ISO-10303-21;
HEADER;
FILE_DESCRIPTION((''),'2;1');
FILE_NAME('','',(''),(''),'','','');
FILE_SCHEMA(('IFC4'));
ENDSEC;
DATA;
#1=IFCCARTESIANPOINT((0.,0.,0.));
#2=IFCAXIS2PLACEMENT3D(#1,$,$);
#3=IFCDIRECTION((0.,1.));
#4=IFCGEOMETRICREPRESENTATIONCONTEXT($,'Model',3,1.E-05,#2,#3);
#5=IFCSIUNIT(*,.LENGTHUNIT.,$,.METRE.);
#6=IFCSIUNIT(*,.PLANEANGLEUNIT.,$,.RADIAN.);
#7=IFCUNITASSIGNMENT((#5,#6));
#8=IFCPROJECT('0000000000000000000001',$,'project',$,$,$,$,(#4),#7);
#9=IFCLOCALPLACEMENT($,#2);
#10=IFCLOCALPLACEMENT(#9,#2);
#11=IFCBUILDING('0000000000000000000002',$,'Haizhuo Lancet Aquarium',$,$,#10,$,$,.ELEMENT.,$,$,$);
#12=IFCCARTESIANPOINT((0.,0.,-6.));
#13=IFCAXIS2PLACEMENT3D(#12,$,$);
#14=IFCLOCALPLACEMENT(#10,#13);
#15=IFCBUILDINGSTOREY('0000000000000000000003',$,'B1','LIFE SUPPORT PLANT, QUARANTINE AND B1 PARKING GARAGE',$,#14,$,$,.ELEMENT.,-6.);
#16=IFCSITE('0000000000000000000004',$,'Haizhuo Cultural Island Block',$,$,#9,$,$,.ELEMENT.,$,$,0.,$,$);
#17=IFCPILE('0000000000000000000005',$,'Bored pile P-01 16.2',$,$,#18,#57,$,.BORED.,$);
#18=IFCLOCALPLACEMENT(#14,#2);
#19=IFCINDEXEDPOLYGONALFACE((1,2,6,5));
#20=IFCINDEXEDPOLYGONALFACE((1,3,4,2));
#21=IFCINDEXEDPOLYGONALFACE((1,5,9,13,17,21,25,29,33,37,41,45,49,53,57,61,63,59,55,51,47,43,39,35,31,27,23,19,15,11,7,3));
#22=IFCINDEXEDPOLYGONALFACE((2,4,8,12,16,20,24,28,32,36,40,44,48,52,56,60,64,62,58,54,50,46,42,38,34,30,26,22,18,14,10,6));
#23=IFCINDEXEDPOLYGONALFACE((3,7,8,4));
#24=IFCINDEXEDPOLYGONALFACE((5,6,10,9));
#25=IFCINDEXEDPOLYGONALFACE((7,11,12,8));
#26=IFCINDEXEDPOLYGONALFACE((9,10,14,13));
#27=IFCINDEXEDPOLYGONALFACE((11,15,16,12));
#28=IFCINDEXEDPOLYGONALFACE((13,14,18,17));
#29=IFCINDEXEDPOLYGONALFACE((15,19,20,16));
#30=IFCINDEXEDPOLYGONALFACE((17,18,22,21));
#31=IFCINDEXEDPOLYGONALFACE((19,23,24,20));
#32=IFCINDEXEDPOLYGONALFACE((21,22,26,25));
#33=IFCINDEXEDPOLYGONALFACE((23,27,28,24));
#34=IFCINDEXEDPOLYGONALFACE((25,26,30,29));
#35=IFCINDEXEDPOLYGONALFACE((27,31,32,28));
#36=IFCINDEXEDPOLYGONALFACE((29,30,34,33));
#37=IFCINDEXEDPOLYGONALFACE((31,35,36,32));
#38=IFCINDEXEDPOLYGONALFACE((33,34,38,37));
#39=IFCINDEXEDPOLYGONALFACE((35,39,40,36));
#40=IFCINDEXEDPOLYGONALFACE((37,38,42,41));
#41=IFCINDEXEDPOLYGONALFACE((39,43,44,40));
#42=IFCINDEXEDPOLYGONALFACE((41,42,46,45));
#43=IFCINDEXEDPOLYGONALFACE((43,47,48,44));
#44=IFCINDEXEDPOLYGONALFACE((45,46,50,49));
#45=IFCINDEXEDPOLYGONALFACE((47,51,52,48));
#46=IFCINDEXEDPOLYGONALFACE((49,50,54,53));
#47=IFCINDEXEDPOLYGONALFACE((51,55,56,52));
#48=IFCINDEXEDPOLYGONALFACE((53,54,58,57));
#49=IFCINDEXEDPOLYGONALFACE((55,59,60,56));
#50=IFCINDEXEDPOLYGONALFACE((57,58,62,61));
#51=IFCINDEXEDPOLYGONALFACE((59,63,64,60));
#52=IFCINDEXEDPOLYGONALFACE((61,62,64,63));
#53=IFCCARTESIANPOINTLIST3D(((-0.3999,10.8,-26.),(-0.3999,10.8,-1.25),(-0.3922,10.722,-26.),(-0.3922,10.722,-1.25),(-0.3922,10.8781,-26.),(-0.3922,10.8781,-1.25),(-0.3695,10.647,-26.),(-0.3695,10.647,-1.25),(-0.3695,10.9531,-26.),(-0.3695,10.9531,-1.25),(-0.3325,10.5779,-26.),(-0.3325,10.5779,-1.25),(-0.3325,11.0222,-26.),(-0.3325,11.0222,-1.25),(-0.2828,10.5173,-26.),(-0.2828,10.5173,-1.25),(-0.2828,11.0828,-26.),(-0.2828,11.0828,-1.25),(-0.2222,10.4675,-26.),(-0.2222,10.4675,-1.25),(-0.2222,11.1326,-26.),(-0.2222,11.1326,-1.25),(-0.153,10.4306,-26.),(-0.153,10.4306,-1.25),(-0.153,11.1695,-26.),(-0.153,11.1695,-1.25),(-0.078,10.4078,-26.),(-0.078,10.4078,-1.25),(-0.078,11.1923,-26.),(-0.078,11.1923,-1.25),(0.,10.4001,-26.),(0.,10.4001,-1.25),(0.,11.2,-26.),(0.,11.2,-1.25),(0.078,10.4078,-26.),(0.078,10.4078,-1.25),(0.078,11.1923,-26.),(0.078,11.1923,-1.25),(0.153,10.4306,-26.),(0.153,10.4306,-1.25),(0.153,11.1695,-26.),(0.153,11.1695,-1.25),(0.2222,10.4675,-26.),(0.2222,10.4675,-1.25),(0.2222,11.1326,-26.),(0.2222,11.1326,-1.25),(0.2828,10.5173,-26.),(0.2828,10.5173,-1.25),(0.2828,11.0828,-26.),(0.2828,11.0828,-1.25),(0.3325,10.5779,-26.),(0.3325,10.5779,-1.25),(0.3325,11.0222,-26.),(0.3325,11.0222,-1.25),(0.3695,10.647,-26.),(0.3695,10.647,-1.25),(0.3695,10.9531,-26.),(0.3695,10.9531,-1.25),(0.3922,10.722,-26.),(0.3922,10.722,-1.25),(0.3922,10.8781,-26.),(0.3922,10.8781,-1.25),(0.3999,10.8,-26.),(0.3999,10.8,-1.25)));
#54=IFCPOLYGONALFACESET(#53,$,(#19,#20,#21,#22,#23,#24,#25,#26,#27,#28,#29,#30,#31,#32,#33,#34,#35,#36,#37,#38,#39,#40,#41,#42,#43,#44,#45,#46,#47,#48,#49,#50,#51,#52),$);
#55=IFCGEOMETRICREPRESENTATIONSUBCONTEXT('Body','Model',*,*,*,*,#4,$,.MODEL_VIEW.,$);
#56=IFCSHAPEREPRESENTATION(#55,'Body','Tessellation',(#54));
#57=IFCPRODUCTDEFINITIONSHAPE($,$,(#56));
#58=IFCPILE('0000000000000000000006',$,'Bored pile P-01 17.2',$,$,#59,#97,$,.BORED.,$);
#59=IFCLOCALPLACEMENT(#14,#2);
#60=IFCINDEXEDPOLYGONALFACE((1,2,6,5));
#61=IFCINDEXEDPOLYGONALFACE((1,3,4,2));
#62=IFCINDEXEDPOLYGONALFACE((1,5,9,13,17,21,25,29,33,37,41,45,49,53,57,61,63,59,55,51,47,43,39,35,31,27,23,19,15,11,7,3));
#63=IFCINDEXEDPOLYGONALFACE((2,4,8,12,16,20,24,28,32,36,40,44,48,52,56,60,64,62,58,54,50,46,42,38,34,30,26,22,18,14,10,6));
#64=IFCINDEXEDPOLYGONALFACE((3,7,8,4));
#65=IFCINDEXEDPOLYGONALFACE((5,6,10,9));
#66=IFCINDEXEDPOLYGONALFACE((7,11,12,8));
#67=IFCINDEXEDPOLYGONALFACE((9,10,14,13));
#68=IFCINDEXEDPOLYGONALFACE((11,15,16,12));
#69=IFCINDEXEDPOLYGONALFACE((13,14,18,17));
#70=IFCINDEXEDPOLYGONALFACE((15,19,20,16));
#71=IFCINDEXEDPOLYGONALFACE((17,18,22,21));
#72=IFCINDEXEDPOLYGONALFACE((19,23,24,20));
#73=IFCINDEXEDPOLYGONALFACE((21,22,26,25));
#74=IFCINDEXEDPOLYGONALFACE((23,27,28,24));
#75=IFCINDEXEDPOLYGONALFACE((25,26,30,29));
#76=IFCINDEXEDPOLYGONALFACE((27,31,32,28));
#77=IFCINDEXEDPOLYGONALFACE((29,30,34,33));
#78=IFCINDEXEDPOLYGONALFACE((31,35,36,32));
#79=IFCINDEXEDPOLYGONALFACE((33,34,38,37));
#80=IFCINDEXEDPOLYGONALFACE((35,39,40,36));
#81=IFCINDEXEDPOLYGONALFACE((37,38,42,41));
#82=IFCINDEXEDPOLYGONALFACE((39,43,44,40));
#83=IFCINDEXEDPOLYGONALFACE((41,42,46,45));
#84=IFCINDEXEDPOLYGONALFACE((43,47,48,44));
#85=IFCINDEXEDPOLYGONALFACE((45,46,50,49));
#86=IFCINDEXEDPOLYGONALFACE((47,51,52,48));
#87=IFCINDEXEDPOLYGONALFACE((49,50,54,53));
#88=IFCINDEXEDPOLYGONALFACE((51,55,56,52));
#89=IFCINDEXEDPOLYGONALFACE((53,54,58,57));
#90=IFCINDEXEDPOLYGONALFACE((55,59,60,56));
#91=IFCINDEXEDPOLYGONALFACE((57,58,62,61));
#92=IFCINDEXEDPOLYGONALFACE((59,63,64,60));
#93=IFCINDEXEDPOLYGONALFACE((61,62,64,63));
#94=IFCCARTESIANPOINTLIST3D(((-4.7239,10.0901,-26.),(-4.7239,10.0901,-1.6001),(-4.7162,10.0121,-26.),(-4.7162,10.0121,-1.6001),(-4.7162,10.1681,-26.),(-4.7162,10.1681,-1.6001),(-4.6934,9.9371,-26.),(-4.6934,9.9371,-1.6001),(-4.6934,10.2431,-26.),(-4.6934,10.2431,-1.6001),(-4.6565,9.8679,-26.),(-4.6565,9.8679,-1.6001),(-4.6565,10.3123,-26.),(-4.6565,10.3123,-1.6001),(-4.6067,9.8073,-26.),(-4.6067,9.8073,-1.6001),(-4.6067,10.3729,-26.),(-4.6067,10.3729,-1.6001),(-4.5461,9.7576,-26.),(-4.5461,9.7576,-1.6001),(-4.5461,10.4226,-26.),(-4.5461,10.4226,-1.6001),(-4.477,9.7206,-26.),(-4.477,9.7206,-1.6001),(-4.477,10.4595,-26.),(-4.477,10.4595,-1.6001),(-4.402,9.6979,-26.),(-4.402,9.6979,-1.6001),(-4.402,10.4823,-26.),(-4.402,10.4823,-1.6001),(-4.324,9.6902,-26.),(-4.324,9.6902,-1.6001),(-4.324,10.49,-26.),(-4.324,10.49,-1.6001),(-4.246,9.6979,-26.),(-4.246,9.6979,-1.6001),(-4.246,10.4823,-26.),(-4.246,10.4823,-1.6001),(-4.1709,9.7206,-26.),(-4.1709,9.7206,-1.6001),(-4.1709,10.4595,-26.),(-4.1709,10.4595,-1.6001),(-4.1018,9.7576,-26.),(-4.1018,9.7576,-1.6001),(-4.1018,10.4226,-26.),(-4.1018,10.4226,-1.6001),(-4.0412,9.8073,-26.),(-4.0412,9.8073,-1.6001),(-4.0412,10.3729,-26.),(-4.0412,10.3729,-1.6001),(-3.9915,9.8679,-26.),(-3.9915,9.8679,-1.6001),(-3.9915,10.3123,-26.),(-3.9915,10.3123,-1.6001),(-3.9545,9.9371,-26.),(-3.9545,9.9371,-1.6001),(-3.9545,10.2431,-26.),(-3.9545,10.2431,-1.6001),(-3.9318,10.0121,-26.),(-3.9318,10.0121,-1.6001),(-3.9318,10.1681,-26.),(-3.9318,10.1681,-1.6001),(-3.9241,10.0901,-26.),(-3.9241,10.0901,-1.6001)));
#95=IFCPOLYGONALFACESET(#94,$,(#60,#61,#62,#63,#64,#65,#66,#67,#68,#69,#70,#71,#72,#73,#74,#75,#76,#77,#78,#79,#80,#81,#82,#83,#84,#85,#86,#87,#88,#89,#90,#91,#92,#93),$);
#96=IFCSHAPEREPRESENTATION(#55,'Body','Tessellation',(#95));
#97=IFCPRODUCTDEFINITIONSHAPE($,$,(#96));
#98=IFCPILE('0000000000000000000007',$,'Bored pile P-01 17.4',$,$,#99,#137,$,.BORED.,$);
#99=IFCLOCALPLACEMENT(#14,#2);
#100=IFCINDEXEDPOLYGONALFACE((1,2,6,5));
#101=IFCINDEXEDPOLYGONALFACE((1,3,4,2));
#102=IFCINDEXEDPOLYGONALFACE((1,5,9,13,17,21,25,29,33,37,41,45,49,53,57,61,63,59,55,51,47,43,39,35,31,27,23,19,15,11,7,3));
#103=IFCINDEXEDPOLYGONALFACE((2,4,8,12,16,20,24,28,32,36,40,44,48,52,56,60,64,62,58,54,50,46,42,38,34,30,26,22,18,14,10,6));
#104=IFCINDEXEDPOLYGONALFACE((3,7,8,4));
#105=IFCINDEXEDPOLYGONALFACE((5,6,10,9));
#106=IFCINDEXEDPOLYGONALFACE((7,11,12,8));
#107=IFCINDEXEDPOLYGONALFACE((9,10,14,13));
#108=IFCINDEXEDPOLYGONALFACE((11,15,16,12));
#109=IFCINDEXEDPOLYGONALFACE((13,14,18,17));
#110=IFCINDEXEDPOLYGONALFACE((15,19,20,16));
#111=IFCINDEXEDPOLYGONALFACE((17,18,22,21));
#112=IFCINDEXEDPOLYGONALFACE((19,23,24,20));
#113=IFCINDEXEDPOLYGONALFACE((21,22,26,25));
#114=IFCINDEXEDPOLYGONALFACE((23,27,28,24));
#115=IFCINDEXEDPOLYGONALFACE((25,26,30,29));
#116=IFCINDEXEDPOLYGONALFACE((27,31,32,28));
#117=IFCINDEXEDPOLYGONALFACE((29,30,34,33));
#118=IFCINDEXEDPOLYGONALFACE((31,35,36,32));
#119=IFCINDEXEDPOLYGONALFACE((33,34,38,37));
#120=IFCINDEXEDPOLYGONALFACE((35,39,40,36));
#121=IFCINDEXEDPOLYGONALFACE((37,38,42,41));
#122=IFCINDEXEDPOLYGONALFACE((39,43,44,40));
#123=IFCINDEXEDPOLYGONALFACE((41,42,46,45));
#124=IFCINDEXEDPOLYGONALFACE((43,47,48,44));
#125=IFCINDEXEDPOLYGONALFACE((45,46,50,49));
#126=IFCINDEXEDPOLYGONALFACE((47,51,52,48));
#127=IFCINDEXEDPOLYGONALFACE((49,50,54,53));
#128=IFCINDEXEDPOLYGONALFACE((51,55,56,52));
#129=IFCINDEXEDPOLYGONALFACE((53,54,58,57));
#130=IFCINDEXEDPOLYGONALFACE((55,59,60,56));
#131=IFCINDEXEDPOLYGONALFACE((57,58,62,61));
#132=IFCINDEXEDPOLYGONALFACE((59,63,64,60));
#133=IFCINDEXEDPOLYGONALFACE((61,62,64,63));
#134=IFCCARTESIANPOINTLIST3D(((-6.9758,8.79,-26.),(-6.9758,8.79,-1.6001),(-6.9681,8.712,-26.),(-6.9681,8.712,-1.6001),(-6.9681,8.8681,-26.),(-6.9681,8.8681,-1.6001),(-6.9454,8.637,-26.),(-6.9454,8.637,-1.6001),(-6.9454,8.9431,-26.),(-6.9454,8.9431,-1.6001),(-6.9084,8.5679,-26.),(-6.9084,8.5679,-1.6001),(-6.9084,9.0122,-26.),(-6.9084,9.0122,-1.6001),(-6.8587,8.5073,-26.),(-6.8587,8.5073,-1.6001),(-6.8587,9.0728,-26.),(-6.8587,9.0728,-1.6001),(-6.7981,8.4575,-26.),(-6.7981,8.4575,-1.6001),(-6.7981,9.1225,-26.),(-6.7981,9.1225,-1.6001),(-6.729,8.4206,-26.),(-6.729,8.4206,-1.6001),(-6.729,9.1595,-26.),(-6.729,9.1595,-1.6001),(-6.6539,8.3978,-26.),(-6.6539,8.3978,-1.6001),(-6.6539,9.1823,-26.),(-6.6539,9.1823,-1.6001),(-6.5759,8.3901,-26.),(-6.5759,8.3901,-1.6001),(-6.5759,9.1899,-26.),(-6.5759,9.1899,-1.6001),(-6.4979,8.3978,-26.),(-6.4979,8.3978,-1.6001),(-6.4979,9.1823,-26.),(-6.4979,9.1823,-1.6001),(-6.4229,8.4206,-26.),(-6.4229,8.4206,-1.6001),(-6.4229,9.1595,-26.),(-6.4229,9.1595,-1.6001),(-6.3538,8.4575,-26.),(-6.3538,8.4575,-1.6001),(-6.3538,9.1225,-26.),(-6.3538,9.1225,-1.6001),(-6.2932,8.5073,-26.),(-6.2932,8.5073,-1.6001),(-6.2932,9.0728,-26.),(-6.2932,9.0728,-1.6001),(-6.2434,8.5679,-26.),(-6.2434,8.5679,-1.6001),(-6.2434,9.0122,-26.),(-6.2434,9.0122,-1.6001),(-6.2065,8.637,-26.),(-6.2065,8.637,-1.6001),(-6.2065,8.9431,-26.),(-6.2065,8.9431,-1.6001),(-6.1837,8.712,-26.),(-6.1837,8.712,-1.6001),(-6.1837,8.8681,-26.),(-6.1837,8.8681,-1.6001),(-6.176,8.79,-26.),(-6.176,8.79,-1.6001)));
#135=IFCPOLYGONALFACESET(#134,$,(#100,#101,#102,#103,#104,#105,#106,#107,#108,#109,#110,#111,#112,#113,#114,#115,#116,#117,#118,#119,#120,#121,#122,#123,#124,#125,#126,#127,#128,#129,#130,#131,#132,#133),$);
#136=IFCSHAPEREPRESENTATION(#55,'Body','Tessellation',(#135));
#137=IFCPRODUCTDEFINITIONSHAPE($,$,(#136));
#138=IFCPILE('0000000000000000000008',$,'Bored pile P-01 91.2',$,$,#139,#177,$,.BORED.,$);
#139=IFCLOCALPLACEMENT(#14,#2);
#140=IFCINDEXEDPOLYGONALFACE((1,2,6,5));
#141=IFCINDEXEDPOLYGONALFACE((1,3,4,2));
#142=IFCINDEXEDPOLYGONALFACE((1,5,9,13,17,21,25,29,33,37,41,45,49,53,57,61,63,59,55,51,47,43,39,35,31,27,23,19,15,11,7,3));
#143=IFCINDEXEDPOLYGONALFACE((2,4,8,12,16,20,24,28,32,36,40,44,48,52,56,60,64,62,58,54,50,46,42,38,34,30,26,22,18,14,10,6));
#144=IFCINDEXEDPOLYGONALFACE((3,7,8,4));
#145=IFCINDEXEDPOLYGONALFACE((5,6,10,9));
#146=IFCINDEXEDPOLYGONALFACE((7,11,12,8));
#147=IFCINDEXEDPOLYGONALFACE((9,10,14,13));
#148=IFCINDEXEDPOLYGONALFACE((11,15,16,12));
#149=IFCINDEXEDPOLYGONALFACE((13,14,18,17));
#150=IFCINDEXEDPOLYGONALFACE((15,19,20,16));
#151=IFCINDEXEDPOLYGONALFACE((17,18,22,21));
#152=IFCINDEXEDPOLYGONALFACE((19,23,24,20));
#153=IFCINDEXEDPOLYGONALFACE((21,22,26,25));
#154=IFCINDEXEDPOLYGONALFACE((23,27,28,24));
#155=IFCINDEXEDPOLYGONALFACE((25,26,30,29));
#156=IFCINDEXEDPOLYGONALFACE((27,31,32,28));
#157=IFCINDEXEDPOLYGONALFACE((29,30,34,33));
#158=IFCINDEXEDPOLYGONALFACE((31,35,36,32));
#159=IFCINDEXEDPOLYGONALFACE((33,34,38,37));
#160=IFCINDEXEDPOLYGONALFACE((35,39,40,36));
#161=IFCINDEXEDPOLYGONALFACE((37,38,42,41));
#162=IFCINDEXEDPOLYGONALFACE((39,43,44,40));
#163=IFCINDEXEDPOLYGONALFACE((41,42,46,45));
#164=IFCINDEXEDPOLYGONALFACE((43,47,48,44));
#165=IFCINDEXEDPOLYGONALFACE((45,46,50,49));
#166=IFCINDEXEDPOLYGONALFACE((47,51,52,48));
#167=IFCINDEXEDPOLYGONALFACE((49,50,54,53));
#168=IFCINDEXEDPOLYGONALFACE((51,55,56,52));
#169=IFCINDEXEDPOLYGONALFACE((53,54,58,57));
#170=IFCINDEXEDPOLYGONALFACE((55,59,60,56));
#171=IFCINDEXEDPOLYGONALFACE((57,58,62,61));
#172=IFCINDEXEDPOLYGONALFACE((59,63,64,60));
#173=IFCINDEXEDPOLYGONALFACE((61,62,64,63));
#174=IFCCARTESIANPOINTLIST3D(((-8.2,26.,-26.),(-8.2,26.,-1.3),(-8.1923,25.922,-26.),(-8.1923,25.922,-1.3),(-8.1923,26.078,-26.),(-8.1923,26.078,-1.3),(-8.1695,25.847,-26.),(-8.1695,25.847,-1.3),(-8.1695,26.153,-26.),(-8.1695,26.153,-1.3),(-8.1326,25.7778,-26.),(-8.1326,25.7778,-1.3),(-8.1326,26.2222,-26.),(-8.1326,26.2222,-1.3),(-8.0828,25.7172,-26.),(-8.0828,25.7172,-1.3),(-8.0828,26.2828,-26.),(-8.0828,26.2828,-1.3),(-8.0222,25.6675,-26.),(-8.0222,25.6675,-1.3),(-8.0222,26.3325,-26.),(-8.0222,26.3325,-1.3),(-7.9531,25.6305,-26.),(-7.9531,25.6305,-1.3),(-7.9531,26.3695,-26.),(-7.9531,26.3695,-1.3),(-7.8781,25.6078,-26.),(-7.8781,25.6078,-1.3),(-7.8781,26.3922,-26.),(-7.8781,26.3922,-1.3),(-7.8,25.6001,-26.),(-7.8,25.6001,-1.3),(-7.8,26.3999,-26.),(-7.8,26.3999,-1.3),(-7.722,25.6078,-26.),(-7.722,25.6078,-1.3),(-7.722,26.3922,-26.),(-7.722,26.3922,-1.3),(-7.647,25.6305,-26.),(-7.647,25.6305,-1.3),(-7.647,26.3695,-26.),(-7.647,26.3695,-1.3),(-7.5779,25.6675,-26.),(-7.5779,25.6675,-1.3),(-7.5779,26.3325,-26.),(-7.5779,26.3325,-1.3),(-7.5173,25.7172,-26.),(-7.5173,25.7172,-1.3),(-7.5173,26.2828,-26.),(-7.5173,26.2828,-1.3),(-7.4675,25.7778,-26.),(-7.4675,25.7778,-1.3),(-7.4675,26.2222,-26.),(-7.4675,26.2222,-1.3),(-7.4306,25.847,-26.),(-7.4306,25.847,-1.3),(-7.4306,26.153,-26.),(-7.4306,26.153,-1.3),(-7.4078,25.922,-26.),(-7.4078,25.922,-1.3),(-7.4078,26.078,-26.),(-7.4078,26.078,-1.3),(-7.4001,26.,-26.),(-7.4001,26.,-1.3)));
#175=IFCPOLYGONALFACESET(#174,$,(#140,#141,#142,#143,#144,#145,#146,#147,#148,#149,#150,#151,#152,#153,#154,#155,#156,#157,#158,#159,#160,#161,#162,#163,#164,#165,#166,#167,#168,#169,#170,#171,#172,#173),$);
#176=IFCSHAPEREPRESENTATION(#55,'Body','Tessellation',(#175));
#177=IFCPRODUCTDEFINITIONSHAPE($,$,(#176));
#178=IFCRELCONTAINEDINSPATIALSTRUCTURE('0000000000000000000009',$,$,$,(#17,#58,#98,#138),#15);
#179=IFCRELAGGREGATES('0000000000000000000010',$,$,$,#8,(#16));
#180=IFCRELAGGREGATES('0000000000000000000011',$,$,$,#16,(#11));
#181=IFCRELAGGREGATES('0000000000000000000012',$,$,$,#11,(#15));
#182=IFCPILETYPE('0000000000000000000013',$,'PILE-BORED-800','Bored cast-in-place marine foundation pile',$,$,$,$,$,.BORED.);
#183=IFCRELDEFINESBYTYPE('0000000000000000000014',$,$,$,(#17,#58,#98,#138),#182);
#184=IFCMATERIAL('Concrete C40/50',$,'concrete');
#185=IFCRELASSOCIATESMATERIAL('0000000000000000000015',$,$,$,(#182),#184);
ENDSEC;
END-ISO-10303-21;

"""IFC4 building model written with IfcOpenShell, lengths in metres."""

from ifc_helpers import new_model, si_unit, direction, frame, origin, origin_2d, place, context, subcontext, project, spatial, circle, extrude, material, material_profile, profile_set, type_object, element, save


model = new_model("IFC4")

# Units and contexts
model_context = context("Model", 3, precision=1e-05, world=origin(), true_north=direction((0.0, 1.0)))
body_context = subcontext(model_context, "Body", "Model", "MODEL_VIEW")
ifc_project = project(units=[si_unit("LENGTHUNIT", "METRE"), si_unit("PLANEANGLEUNIT", "RADIAN")], contexts=[model_context])

# Site, building, storey
site_placement = place(None, origin())
site = spatial("IfcSite", under=ifc_project, at=site_placement, Name="Haizhuo Cultural Island Block", CompositionType="ELEMENT", RefElevation=0.0)
building_placement = place(site_placement, origin())
building = spatial("IfcBuilding", under=site, at=building_placement, Name="Haizhuo Lancet Aquarium", CompositionType="ELEMENT")
storey_placement = place(building_placement, frame((0.0, 0.0, -6.0)))
storey = spatial("IfcBuildingStorey", under=building, at=storey_placement, Name="B1", Description="LIFE SUPPORT PLANT, QUARANTINE AND B1 PARKING GARAGE", CompositionType="ELEMENT", Elevation=-6.0)

# Shared definitions
ifc_material_1 = material(Name="Concrete C40/50", Category="concrete")

# Piles
ifc_material_profile_1 = material_profile(ifc_material_1, circle(Radius=0.3999, at=origin_2d()), Name="PILE-800")
ifc_profile_set_1 = profile_set([ifc_material_profile_1], Name="Concrete C40/50")
pile_type_1 = type_object("IfcPileType", Name="PILE-BORED-800", Description="Bored cast-in-place marine foundation pile", PredefinedType="BORED", material=ifc_profile_set_1)
for number, where, z_axis, x_axis, name in (
    (1, (0.0, 10.8, -1.25), (0.0, 0.0, -1.0), (1.0, 0.0, 0.0), "Bored pile P-01 16.2"),
):
    element("IfcPile", number, at=place(storey_placement, frame(where, z_axis=z_axis, x_axis=x_axis)), inside=storey, type_object=pile_type_1, Name=name, PredefinedType="BORED", context=body_context, shape_type="SweptSolid", body=[
        extrude(circle(Radius=0.3999, at=origin_2d()), origin(), (0.0, 0.0, 1.0), 24.75),
    ])
for number, where, z_axis, x_axis, name in (
    (2, (-4.324, 10.0901, -1.6001), (0.0, 0.0, -1.0), (1.0, 0.0, 0.0), "Bored pile P-01 17.2"),
    (3, (-6.5759, 8.79, -1.6001), (0.0, 0.0, -1.0), (1.0, 0.0, 0.0), "Bored pile P-01 17.4"),
):
    element("IfcPile", number, at=place(storey_placement, frame(where, z_axis=z_axis, x_axis=x_axis)), inside=storey, type_object=pile_type_1, Name=name, PredefinedType="BORED", context=body_context, shape_type="SweptSolid", body=[
        extrude(circle(Radius=0.3999, at=origin_2d()), origin(), (0.0, 0.0, 1.0), 24.3999),
    ])
for number, where, z_axis, x_axis, name in (
    (4, (-7.8, 26.0, -1.3), (0.0, 0.0, -1.0), (1.0, 0.0, 0.0), "Bored pile P-01 91.2"),
):
    element("IfcPile", number, at=place(storey_placement, frame(where, z_axis=z_axis, x_axis=x_axis)), inside=storey, type_object=pile_type_1, Name=name, PredefinedType="BORED", context=body_context, shape_type="SweptSolid", body=[
        extrude(circle(Radius=0.3999, at=origin_2d()), origin(), (0.0, 0.0, 1.0), 24.7),
    ])

save(model, "model.ifc")
